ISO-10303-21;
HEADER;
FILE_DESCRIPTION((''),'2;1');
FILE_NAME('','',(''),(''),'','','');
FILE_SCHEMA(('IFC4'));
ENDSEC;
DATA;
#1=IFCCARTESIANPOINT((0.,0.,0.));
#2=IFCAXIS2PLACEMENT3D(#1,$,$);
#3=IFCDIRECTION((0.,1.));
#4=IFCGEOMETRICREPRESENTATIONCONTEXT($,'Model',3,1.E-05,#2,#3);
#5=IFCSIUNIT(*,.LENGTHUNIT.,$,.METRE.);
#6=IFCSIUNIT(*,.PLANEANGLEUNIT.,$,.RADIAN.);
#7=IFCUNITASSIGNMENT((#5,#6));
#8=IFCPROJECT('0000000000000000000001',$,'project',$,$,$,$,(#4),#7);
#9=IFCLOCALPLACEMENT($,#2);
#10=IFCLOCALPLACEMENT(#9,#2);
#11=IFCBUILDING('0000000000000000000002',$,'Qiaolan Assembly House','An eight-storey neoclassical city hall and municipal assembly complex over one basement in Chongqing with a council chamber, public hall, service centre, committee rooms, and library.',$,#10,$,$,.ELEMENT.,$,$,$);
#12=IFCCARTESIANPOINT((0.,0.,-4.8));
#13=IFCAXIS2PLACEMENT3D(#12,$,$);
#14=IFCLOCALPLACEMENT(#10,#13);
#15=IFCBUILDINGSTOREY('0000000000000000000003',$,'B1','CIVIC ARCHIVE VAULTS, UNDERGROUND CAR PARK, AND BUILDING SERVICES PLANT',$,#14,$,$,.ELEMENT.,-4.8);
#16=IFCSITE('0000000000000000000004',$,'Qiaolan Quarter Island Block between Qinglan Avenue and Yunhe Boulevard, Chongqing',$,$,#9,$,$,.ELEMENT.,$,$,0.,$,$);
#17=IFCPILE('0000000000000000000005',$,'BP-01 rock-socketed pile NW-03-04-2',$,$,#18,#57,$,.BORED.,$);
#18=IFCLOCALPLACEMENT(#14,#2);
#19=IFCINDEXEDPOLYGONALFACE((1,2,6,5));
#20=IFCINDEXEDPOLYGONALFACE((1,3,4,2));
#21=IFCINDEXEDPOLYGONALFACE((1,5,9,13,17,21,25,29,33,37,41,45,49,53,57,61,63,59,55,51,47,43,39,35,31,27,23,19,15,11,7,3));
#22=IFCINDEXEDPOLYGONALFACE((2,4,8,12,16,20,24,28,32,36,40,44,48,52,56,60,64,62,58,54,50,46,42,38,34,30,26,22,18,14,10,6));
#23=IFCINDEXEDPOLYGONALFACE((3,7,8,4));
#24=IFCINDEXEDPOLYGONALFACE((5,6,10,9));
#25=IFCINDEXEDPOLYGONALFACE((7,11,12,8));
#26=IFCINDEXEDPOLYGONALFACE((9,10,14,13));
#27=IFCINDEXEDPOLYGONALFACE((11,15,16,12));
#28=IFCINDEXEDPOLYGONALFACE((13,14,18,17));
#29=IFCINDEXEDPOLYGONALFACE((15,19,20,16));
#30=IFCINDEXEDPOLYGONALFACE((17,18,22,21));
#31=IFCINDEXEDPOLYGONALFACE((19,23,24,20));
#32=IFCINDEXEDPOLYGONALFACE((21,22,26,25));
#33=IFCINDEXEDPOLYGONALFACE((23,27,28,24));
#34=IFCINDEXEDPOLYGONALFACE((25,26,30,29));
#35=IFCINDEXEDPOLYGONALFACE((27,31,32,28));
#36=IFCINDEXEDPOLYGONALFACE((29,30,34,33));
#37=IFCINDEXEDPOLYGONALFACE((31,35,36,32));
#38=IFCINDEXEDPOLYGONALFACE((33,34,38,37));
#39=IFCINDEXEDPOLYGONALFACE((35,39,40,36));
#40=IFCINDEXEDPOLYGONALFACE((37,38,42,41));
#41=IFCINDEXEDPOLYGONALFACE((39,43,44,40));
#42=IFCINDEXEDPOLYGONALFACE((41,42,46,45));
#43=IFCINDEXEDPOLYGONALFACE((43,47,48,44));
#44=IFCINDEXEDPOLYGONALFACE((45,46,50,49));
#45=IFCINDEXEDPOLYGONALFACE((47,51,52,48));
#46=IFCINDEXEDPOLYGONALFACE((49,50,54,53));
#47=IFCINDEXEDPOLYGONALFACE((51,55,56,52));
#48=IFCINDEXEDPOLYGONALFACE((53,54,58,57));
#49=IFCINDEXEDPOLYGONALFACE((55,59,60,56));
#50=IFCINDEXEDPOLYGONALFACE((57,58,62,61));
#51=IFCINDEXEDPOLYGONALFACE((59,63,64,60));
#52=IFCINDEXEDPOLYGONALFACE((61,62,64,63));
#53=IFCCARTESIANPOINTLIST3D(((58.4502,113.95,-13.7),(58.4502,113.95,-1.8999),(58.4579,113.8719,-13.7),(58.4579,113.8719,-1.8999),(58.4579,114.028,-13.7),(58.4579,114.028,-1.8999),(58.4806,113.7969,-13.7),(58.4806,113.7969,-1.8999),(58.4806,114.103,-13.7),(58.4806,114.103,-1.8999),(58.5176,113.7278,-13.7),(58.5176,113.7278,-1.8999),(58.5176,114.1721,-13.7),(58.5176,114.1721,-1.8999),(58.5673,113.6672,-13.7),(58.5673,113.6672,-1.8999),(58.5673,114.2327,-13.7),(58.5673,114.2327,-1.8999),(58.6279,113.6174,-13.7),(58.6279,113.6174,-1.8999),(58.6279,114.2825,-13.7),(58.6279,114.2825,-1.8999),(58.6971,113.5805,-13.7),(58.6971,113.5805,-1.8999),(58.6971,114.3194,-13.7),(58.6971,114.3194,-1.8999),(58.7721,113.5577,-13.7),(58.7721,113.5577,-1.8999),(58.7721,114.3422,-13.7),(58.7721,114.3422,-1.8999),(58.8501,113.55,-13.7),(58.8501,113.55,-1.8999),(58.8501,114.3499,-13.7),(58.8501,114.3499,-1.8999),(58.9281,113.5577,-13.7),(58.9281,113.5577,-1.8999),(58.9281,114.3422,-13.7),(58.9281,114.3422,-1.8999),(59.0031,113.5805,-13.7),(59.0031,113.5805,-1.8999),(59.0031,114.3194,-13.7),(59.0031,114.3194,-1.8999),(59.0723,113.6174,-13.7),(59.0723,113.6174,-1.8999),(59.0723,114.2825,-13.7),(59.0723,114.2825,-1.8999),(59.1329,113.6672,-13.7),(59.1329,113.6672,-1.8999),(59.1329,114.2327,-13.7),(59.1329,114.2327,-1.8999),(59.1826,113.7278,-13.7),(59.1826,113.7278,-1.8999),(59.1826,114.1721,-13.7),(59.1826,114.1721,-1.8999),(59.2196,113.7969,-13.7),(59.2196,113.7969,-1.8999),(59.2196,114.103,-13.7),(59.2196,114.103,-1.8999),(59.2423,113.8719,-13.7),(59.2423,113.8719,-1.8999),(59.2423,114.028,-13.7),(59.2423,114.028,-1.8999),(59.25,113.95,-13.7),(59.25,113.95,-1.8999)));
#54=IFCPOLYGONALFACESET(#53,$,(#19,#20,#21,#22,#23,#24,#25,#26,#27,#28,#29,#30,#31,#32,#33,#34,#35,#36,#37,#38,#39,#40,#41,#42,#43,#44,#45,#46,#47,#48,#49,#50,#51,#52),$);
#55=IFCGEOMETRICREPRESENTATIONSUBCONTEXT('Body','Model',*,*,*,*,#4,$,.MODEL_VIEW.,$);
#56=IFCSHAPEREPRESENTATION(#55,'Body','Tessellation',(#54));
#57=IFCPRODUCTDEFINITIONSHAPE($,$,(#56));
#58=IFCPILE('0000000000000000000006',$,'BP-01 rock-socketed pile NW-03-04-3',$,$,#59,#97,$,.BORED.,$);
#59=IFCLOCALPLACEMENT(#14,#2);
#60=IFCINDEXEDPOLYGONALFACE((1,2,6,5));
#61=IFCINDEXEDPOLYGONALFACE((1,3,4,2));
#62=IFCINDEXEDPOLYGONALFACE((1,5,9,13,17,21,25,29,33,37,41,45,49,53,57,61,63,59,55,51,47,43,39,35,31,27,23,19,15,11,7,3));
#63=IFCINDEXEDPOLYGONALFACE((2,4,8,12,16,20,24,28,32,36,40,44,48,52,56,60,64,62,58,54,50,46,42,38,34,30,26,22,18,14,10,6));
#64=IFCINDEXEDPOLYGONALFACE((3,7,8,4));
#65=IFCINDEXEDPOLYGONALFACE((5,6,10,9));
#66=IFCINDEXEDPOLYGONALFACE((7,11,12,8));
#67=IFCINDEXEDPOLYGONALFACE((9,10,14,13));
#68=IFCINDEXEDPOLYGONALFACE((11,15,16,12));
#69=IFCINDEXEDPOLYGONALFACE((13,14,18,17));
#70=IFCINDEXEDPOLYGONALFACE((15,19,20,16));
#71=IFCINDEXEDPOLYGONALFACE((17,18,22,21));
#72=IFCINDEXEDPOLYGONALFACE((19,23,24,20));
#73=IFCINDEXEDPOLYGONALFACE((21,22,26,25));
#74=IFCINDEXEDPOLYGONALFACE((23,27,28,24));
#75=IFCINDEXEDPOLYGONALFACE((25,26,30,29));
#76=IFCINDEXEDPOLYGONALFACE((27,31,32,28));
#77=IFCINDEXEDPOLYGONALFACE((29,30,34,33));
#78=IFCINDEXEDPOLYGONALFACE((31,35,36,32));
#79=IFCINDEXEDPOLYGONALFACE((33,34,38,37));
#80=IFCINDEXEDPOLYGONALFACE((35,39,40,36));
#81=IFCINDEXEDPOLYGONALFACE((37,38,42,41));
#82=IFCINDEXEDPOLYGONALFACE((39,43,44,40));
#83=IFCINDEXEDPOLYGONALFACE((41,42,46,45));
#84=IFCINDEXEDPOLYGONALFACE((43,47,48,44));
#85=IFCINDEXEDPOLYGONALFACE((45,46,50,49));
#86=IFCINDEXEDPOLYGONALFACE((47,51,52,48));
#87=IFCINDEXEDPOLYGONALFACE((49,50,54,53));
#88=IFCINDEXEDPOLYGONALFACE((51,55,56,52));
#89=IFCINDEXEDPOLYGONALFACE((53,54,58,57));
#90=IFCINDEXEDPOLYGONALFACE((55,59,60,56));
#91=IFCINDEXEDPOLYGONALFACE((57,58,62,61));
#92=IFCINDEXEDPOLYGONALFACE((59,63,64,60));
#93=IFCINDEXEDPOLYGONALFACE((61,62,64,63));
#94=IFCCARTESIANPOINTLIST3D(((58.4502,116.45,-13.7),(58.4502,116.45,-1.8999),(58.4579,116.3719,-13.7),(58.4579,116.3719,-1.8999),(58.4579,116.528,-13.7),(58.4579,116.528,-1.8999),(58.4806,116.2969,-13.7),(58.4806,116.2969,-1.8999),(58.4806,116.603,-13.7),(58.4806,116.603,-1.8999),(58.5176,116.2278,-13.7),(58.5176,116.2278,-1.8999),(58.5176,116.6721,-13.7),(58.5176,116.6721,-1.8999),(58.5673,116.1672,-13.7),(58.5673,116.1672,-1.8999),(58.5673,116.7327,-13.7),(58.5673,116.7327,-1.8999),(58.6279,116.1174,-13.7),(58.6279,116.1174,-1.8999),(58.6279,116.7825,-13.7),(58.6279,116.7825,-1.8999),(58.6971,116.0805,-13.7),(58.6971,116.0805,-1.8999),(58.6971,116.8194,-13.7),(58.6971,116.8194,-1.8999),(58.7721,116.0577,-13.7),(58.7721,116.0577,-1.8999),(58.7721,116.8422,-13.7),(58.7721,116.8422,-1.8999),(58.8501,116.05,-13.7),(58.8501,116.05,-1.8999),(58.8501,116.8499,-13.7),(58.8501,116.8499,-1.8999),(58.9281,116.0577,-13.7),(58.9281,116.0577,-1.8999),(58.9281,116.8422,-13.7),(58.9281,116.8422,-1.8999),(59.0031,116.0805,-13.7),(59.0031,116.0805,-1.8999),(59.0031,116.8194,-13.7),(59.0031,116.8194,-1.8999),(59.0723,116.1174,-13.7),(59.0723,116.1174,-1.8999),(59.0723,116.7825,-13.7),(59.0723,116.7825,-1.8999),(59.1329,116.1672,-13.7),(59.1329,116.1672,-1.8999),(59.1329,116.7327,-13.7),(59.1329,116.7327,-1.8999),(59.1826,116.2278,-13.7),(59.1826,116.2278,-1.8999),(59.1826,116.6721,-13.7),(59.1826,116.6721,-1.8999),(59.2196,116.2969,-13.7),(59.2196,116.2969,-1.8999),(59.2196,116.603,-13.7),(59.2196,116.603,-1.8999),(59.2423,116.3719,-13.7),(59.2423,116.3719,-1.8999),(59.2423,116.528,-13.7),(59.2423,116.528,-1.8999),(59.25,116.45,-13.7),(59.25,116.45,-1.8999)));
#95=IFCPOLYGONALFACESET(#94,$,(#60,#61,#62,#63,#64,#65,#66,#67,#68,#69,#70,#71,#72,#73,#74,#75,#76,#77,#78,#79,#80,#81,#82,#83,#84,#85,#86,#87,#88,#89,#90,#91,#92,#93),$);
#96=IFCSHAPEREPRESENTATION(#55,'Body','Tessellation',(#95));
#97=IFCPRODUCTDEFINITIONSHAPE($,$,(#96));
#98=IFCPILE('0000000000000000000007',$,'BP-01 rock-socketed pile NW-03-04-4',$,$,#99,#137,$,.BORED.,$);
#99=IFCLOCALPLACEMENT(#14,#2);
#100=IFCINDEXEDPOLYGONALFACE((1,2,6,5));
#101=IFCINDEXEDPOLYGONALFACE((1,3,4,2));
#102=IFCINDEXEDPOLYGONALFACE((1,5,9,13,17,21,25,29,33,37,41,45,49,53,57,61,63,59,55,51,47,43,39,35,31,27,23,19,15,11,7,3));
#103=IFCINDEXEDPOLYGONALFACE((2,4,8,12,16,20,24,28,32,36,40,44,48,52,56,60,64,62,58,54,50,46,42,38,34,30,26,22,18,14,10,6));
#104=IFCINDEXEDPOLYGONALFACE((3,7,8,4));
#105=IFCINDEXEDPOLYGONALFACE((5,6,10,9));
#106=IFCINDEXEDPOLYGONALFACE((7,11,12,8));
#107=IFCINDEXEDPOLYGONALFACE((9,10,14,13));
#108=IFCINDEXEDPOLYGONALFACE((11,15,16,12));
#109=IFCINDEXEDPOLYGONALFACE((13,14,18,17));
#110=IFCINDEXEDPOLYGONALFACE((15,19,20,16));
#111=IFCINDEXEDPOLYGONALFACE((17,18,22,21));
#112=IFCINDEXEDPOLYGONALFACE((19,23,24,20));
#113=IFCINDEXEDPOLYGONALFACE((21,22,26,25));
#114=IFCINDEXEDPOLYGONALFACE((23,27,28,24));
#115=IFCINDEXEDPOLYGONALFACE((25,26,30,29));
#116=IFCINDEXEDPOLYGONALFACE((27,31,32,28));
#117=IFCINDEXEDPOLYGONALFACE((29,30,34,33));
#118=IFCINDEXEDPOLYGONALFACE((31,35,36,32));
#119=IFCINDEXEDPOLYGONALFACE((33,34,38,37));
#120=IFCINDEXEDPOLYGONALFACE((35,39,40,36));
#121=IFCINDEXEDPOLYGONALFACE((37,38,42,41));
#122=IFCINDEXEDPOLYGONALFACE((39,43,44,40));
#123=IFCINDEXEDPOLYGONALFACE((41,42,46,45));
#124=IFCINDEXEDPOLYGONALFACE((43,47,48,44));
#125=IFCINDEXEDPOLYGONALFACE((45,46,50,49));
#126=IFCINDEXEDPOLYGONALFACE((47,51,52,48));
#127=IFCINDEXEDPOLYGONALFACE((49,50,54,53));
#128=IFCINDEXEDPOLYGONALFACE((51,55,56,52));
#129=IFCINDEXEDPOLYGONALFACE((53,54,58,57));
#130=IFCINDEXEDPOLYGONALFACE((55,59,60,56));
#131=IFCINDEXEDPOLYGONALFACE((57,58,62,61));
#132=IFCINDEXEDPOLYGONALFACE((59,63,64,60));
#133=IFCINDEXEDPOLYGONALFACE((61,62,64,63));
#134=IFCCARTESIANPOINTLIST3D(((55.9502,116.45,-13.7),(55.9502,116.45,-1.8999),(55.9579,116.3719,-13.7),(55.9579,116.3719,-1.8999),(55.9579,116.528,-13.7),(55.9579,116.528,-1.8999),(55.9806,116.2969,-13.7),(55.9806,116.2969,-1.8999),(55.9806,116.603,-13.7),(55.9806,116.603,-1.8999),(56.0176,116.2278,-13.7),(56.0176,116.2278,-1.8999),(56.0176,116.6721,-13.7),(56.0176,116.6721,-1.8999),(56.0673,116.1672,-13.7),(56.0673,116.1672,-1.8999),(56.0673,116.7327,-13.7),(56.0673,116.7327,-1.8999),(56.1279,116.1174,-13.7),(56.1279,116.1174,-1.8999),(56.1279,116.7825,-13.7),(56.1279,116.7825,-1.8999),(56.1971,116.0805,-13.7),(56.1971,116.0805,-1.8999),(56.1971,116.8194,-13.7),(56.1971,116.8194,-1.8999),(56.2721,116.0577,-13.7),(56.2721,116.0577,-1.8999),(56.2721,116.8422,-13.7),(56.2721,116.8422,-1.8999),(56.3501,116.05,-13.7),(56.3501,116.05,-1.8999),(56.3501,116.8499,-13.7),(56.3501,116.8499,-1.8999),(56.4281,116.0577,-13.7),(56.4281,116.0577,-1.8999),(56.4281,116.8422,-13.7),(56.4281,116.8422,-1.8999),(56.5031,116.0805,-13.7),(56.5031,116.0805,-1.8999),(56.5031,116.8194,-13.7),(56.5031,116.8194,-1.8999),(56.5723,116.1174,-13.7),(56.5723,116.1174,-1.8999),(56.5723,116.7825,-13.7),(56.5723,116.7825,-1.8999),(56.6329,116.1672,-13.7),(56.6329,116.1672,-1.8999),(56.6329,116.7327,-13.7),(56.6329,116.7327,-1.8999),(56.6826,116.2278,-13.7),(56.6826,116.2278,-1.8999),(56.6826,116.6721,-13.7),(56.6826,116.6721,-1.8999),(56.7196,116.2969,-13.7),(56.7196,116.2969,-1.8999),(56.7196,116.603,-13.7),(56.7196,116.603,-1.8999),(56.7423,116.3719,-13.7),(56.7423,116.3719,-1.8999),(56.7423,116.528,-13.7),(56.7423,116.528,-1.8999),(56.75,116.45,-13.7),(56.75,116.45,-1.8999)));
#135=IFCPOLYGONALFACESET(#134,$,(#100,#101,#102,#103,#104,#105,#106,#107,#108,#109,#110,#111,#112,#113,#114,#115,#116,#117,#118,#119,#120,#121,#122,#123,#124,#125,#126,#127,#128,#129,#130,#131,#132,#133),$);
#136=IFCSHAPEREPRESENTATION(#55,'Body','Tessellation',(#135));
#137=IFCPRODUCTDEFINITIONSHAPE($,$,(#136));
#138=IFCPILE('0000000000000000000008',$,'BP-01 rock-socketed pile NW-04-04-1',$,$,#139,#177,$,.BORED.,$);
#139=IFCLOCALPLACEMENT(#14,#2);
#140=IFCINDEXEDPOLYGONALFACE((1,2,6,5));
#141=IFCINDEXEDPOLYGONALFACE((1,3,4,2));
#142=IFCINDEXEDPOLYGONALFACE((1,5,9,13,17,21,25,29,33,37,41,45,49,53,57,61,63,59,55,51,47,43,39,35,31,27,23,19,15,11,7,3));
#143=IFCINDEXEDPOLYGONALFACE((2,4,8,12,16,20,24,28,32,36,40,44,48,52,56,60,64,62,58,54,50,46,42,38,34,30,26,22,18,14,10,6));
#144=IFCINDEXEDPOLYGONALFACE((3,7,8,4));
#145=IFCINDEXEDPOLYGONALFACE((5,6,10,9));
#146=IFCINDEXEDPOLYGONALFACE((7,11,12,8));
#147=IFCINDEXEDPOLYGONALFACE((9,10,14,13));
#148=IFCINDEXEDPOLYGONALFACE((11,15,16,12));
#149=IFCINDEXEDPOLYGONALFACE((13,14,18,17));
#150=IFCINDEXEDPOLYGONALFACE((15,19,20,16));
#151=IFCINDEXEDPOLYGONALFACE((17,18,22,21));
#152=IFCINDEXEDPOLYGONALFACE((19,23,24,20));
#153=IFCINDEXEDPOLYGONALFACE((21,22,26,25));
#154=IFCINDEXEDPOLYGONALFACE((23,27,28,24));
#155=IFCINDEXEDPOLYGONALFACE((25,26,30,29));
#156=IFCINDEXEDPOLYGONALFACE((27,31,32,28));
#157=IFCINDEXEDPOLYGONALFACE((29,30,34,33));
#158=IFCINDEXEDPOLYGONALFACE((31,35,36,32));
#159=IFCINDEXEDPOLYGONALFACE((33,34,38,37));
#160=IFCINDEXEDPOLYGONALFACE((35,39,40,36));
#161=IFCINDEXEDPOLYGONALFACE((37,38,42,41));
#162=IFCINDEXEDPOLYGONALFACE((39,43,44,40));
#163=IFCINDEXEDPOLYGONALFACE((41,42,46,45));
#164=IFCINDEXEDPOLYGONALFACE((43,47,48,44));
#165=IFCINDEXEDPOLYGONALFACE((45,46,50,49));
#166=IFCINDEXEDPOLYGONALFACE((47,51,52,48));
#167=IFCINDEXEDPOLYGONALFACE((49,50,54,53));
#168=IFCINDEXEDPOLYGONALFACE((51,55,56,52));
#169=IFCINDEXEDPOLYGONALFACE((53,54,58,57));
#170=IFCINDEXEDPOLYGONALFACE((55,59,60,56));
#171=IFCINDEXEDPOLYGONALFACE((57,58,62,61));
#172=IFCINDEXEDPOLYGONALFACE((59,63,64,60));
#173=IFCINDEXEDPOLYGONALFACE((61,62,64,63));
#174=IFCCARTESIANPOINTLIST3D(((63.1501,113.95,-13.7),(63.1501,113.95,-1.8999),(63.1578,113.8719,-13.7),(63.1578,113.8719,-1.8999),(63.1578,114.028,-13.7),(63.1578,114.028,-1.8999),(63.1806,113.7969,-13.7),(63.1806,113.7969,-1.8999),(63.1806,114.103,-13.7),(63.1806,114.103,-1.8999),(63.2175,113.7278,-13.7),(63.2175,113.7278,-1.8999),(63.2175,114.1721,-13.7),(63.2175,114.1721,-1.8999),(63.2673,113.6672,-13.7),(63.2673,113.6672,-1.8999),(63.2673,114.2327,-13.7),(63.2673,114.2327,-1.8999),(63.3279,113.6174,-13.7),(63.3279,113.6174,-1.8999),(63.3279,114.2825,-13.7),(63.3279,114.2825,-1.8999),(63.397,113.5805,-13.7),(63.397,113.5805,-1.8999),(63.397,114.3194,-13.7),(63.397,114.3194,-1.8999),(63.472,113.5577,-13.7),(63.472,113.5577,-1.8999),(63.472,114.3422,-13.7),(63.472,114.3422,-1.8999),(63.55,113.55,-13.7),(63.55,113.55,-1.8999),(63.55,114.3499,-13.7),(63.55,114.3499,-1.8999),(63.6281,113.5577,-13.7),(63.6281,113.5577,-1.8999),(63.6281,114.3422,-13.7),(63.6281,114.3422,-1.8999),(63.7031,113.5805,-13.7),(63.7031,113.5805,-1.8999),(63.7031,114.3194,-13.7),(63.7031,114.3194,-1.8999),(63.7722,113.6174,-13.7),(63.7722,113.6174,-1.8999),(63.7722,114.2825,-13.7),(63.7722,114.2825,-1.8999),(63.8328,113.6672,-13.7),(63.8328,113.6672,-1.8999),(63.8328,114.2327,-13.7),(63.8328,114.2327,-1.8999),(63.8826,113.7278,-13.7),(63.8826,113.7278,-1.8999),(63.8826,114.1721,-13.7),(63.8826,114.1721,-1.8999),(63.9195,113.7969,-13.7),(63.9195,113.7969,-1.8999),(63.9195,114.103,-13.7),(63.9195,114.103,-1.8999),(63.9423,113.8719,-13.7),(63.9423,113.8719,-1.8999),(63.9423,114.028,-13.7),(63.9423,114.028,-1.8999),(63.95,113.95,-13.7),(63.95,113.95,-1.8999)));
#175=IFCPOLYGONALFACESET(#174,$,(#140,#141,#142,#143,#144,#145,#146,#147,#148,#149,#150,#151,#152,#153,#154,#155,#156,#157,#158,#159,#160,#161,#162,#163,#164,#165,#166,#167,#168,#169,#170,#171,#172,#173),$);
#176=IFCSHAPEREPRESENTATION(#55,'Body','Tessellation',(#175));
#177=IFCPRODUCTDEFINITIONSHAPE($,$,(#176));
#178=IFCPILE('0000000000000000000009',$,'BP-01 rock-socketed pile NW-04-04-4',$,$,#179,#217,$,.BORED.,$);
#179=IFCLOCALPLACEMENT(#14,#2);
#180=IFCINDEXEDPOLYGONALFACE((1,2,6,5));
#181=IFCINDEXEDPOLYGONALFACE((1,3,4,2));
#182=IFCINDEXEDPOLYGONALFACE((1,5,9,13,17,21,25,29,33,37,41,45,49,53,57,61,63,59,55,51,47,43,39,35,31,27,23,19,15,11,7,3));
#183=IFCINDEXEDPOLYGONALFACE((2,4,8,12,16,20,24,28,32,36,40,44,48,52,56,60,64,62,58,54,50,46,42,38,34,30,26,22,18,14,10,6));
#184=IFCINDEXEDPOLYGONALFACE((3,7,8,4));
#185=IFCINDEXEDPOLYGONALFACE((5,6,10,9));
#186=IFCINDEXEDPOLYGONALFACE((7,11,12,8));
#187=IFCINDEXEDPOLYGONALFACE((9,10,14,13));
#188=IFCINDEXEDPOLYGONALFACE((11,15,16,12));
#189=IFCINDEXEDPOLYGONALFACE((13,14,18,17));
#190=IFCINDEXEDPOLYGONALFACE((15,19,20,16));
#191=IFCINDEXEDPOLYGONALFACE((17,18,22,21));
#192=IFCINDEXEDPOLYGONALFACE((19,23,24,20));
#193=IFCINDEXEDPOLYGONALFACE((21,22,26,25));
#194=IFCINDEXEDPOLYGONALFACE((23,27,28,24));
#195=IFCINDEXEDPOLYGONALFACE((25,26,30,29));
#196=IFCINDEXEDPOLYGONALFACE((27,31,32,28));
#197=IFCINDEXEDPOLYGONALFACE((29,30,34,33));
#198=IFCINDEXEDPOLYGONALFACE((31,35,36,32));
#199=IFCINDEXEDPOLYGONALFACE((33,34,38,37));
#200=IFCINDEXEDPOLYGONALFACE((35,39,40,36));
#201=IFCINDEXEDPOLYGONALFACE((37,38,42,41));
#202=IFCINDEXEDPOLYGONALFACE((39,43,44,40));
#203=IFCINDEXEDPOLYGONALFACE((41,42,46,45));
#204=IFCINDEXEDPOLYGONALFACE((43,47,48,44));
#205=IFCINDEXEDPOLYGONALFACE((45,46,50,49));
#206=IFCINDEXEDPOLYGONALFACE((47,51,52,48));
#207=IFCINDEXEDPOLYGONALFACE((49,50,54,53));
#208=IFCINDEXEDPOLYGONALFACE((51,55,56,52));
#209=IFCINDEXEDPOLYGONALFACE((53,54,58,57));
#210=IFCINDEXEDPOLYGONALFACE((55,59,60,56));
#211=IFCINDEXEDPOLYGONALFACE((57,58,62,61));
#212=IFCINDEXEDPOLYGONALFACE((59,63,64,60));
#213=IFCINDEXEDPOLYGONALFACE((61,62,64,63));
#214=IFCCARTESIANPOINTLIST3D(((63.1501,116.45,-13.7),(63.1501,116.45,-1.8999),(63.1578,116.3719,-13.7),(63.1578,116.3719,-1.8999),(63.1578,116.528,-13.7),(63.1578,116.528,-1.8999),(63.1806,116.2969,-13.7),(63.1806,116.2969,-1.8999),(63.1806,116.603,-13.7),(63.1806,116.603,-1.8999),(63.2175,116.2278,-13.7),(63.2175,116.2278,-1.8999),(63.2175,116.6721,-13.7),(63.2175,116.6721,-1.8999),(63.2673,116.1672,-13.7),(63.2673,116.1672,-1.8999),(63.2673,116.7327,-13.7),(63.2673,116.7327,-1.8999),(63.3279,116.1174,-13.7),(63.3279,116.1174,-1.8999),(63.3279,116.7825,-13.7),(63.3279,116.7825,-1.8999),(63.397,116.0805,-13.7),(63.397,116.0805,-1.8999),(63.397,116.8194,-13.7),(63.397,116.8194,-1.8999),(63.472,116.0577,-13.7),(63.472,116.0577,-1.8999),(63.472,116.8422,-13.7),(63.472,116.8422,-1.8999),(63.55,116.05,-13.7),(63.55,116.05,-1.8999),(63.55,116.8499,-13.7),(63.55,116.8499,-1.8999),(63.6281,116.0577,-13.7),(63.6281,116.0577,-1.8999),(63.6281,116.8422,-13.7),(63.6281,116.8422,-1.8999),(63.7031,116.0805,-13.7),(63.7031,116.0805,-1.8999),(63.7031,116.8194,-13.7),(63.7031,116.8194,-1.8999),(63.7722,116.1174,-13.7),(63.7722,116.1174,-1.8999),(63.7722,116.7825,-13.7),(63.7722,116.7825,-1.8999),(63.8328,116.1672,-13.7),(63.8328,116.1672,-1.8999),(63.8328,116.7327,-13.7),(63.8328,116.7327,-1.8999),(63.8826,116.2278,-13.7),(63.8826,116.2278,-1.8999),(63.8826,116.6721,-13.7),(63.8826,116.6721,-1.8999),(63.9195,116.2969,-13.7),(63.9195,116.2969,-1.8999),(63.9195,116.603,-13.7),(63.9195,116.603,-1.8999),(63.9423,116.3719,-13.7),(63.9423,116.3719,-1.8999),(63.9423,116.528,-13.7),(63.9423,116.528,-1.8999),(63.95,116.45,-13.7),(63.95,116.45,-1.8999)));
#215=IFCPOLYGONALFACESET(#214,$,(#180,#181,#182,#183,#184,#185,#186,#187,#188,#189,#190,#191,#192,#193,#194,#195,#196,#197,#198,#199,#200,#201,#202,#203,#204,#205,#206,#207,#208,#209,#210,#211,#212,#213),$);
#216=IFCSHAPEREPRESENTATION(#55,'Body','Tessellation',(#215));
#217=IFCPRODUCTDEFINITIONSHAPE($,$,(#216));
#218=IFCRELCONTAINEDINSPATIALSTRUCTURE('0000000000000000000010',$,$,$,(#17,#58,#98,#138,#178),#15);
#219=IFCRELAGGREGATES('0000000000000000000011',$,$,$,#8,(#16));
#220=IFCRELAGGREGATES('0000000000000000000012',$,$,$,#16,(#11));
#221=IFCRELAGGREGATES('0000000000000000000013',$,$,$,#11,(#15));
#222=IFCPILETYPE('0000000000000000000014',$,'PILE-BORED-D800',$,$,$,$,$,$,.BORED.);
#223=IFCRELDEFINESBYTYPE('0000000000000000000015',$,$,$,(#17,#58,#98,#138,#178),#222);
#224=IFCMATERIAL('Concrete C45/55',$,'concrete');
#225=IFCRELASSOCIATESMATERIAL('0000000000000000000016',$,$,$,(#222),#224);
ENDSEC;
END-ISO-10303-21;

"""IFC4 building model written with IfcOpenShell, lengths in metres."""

from ifc_helpers import new_model, si_unit, direction, frame, origin, origin_2d, place, context, subcontext, project, spatial, circle, extrude, material, material_profile, profile_set, type_object, element, save


model = new_model("IFC4")

# Units and contexts
model_context = context("Model", 3, precision=1e-05, world=origin(), true_north=direction((0.0, 1.0)))
body_context = subcontext(model_context, "Body", "Model", "MODEL_VIEW")
ifc_project = project(units=[si_unit("LENGTHUNIT", "METRE"), si_unit("PLANEANGLEUNIT", "RADIAN")], contexts=[model_context])

# Site, building, storey
site_placement = place(None, origin())
site = spatial("IfcSite", under=ifc_project, at=site_placement, Name="Qiaolan Quarter Island Block between Qinglan Avenue and Yunhe Boulevard, Chongqing", CompositionType="ELEMENT", RefElevation=0.0)
building_placement = place(site_placement, origin())
building = spatial("IfcBuilding", under=site, at=building_placement, Name="Qiaolan Assembly House", Description="An eight-storey neoclassical city hall and municipal assembly complex over one basement in Chongqing with a council chamber, public hall, service centre, committee rooms, and library.", CompositionType="ELEMENT")
storey_placement = place(building_placement, frame((0.0, 0.0, -4.8)))
storey = spatial("IfcBuildingStorey", under=building, at=storey_placement, Name="B1", Description="CIVIC ARCHIVE VAULTS, UNDERGROUND CAR PARK, AND BUILDING SERVICES PLANT", CompositionType="ELEMENT", Elevation=-4.8)

# Piles
ifc_material_1 = material(Name="Concrete C45/55", Category="concrete")
ifc_material_profile_1 = material_profile(ifc_material_1, circle(Radius=0.3999, at=origin_2d()), Name="PILE D800")
ifc_profile_set_1 = profile_set([ifc_material_profile_1], Name="Concrete C45/55")
pile_type_1 = type_object("IfcPileType", Name="PILE-BORED-D800", PredefinedType="BORED", material=ifc_profile_set_1)
for number, where, z_axis, x_axis, name in (
    (1, (58.8501, 113.95, -1.8999), (0.0, 0.0, -1.0), (1.0, 0.0, 0.0), "BP-01 rock-socketed pile NW-03-04-2"),
    (2, (58.8501, 116.45, -1.8999), (0.0, 0.0, -1.0), (1.0, 0.0, 0.0), "BP-01 rock-socketed pile NW-03-04-3"),
    (3, (56.3501, 116.45, -1.8999), (0.0, 0.0, -1.0), (1.0, 0.0, 0.0), "BP-01 rock-socketed pile NW-03-04-4"),
    (4, (63.55, 113.95, -1.8999), (0.0, 0.0, -1.0), (1.0, 0.0, 0.0), "BP-01 rock-socketed pile NW-04-04-1"),
    (5, (63.55, 116.45, -1.8999), (0.0, 0.0, -1.0), (1.0, 0.0, 0.0), "BP-01 rock-socketed pile NW-04-04-4"),
):
    element("IfcPile", number, at=place(storey_placement, frame(where, z_axis=z_axis, x_axis=x_axis)), inside=storey, type_object=pile_type_1, Name=name, PredefinedType="BORED", context=body_context, shape_type="SweptSolid", body=[
        extrude(circle(Radius=0.3999, at=origin_2d()), origin(), (0.0, 0.0, 1.0), 11.8),
    ])

save(model, "model.ifc")
